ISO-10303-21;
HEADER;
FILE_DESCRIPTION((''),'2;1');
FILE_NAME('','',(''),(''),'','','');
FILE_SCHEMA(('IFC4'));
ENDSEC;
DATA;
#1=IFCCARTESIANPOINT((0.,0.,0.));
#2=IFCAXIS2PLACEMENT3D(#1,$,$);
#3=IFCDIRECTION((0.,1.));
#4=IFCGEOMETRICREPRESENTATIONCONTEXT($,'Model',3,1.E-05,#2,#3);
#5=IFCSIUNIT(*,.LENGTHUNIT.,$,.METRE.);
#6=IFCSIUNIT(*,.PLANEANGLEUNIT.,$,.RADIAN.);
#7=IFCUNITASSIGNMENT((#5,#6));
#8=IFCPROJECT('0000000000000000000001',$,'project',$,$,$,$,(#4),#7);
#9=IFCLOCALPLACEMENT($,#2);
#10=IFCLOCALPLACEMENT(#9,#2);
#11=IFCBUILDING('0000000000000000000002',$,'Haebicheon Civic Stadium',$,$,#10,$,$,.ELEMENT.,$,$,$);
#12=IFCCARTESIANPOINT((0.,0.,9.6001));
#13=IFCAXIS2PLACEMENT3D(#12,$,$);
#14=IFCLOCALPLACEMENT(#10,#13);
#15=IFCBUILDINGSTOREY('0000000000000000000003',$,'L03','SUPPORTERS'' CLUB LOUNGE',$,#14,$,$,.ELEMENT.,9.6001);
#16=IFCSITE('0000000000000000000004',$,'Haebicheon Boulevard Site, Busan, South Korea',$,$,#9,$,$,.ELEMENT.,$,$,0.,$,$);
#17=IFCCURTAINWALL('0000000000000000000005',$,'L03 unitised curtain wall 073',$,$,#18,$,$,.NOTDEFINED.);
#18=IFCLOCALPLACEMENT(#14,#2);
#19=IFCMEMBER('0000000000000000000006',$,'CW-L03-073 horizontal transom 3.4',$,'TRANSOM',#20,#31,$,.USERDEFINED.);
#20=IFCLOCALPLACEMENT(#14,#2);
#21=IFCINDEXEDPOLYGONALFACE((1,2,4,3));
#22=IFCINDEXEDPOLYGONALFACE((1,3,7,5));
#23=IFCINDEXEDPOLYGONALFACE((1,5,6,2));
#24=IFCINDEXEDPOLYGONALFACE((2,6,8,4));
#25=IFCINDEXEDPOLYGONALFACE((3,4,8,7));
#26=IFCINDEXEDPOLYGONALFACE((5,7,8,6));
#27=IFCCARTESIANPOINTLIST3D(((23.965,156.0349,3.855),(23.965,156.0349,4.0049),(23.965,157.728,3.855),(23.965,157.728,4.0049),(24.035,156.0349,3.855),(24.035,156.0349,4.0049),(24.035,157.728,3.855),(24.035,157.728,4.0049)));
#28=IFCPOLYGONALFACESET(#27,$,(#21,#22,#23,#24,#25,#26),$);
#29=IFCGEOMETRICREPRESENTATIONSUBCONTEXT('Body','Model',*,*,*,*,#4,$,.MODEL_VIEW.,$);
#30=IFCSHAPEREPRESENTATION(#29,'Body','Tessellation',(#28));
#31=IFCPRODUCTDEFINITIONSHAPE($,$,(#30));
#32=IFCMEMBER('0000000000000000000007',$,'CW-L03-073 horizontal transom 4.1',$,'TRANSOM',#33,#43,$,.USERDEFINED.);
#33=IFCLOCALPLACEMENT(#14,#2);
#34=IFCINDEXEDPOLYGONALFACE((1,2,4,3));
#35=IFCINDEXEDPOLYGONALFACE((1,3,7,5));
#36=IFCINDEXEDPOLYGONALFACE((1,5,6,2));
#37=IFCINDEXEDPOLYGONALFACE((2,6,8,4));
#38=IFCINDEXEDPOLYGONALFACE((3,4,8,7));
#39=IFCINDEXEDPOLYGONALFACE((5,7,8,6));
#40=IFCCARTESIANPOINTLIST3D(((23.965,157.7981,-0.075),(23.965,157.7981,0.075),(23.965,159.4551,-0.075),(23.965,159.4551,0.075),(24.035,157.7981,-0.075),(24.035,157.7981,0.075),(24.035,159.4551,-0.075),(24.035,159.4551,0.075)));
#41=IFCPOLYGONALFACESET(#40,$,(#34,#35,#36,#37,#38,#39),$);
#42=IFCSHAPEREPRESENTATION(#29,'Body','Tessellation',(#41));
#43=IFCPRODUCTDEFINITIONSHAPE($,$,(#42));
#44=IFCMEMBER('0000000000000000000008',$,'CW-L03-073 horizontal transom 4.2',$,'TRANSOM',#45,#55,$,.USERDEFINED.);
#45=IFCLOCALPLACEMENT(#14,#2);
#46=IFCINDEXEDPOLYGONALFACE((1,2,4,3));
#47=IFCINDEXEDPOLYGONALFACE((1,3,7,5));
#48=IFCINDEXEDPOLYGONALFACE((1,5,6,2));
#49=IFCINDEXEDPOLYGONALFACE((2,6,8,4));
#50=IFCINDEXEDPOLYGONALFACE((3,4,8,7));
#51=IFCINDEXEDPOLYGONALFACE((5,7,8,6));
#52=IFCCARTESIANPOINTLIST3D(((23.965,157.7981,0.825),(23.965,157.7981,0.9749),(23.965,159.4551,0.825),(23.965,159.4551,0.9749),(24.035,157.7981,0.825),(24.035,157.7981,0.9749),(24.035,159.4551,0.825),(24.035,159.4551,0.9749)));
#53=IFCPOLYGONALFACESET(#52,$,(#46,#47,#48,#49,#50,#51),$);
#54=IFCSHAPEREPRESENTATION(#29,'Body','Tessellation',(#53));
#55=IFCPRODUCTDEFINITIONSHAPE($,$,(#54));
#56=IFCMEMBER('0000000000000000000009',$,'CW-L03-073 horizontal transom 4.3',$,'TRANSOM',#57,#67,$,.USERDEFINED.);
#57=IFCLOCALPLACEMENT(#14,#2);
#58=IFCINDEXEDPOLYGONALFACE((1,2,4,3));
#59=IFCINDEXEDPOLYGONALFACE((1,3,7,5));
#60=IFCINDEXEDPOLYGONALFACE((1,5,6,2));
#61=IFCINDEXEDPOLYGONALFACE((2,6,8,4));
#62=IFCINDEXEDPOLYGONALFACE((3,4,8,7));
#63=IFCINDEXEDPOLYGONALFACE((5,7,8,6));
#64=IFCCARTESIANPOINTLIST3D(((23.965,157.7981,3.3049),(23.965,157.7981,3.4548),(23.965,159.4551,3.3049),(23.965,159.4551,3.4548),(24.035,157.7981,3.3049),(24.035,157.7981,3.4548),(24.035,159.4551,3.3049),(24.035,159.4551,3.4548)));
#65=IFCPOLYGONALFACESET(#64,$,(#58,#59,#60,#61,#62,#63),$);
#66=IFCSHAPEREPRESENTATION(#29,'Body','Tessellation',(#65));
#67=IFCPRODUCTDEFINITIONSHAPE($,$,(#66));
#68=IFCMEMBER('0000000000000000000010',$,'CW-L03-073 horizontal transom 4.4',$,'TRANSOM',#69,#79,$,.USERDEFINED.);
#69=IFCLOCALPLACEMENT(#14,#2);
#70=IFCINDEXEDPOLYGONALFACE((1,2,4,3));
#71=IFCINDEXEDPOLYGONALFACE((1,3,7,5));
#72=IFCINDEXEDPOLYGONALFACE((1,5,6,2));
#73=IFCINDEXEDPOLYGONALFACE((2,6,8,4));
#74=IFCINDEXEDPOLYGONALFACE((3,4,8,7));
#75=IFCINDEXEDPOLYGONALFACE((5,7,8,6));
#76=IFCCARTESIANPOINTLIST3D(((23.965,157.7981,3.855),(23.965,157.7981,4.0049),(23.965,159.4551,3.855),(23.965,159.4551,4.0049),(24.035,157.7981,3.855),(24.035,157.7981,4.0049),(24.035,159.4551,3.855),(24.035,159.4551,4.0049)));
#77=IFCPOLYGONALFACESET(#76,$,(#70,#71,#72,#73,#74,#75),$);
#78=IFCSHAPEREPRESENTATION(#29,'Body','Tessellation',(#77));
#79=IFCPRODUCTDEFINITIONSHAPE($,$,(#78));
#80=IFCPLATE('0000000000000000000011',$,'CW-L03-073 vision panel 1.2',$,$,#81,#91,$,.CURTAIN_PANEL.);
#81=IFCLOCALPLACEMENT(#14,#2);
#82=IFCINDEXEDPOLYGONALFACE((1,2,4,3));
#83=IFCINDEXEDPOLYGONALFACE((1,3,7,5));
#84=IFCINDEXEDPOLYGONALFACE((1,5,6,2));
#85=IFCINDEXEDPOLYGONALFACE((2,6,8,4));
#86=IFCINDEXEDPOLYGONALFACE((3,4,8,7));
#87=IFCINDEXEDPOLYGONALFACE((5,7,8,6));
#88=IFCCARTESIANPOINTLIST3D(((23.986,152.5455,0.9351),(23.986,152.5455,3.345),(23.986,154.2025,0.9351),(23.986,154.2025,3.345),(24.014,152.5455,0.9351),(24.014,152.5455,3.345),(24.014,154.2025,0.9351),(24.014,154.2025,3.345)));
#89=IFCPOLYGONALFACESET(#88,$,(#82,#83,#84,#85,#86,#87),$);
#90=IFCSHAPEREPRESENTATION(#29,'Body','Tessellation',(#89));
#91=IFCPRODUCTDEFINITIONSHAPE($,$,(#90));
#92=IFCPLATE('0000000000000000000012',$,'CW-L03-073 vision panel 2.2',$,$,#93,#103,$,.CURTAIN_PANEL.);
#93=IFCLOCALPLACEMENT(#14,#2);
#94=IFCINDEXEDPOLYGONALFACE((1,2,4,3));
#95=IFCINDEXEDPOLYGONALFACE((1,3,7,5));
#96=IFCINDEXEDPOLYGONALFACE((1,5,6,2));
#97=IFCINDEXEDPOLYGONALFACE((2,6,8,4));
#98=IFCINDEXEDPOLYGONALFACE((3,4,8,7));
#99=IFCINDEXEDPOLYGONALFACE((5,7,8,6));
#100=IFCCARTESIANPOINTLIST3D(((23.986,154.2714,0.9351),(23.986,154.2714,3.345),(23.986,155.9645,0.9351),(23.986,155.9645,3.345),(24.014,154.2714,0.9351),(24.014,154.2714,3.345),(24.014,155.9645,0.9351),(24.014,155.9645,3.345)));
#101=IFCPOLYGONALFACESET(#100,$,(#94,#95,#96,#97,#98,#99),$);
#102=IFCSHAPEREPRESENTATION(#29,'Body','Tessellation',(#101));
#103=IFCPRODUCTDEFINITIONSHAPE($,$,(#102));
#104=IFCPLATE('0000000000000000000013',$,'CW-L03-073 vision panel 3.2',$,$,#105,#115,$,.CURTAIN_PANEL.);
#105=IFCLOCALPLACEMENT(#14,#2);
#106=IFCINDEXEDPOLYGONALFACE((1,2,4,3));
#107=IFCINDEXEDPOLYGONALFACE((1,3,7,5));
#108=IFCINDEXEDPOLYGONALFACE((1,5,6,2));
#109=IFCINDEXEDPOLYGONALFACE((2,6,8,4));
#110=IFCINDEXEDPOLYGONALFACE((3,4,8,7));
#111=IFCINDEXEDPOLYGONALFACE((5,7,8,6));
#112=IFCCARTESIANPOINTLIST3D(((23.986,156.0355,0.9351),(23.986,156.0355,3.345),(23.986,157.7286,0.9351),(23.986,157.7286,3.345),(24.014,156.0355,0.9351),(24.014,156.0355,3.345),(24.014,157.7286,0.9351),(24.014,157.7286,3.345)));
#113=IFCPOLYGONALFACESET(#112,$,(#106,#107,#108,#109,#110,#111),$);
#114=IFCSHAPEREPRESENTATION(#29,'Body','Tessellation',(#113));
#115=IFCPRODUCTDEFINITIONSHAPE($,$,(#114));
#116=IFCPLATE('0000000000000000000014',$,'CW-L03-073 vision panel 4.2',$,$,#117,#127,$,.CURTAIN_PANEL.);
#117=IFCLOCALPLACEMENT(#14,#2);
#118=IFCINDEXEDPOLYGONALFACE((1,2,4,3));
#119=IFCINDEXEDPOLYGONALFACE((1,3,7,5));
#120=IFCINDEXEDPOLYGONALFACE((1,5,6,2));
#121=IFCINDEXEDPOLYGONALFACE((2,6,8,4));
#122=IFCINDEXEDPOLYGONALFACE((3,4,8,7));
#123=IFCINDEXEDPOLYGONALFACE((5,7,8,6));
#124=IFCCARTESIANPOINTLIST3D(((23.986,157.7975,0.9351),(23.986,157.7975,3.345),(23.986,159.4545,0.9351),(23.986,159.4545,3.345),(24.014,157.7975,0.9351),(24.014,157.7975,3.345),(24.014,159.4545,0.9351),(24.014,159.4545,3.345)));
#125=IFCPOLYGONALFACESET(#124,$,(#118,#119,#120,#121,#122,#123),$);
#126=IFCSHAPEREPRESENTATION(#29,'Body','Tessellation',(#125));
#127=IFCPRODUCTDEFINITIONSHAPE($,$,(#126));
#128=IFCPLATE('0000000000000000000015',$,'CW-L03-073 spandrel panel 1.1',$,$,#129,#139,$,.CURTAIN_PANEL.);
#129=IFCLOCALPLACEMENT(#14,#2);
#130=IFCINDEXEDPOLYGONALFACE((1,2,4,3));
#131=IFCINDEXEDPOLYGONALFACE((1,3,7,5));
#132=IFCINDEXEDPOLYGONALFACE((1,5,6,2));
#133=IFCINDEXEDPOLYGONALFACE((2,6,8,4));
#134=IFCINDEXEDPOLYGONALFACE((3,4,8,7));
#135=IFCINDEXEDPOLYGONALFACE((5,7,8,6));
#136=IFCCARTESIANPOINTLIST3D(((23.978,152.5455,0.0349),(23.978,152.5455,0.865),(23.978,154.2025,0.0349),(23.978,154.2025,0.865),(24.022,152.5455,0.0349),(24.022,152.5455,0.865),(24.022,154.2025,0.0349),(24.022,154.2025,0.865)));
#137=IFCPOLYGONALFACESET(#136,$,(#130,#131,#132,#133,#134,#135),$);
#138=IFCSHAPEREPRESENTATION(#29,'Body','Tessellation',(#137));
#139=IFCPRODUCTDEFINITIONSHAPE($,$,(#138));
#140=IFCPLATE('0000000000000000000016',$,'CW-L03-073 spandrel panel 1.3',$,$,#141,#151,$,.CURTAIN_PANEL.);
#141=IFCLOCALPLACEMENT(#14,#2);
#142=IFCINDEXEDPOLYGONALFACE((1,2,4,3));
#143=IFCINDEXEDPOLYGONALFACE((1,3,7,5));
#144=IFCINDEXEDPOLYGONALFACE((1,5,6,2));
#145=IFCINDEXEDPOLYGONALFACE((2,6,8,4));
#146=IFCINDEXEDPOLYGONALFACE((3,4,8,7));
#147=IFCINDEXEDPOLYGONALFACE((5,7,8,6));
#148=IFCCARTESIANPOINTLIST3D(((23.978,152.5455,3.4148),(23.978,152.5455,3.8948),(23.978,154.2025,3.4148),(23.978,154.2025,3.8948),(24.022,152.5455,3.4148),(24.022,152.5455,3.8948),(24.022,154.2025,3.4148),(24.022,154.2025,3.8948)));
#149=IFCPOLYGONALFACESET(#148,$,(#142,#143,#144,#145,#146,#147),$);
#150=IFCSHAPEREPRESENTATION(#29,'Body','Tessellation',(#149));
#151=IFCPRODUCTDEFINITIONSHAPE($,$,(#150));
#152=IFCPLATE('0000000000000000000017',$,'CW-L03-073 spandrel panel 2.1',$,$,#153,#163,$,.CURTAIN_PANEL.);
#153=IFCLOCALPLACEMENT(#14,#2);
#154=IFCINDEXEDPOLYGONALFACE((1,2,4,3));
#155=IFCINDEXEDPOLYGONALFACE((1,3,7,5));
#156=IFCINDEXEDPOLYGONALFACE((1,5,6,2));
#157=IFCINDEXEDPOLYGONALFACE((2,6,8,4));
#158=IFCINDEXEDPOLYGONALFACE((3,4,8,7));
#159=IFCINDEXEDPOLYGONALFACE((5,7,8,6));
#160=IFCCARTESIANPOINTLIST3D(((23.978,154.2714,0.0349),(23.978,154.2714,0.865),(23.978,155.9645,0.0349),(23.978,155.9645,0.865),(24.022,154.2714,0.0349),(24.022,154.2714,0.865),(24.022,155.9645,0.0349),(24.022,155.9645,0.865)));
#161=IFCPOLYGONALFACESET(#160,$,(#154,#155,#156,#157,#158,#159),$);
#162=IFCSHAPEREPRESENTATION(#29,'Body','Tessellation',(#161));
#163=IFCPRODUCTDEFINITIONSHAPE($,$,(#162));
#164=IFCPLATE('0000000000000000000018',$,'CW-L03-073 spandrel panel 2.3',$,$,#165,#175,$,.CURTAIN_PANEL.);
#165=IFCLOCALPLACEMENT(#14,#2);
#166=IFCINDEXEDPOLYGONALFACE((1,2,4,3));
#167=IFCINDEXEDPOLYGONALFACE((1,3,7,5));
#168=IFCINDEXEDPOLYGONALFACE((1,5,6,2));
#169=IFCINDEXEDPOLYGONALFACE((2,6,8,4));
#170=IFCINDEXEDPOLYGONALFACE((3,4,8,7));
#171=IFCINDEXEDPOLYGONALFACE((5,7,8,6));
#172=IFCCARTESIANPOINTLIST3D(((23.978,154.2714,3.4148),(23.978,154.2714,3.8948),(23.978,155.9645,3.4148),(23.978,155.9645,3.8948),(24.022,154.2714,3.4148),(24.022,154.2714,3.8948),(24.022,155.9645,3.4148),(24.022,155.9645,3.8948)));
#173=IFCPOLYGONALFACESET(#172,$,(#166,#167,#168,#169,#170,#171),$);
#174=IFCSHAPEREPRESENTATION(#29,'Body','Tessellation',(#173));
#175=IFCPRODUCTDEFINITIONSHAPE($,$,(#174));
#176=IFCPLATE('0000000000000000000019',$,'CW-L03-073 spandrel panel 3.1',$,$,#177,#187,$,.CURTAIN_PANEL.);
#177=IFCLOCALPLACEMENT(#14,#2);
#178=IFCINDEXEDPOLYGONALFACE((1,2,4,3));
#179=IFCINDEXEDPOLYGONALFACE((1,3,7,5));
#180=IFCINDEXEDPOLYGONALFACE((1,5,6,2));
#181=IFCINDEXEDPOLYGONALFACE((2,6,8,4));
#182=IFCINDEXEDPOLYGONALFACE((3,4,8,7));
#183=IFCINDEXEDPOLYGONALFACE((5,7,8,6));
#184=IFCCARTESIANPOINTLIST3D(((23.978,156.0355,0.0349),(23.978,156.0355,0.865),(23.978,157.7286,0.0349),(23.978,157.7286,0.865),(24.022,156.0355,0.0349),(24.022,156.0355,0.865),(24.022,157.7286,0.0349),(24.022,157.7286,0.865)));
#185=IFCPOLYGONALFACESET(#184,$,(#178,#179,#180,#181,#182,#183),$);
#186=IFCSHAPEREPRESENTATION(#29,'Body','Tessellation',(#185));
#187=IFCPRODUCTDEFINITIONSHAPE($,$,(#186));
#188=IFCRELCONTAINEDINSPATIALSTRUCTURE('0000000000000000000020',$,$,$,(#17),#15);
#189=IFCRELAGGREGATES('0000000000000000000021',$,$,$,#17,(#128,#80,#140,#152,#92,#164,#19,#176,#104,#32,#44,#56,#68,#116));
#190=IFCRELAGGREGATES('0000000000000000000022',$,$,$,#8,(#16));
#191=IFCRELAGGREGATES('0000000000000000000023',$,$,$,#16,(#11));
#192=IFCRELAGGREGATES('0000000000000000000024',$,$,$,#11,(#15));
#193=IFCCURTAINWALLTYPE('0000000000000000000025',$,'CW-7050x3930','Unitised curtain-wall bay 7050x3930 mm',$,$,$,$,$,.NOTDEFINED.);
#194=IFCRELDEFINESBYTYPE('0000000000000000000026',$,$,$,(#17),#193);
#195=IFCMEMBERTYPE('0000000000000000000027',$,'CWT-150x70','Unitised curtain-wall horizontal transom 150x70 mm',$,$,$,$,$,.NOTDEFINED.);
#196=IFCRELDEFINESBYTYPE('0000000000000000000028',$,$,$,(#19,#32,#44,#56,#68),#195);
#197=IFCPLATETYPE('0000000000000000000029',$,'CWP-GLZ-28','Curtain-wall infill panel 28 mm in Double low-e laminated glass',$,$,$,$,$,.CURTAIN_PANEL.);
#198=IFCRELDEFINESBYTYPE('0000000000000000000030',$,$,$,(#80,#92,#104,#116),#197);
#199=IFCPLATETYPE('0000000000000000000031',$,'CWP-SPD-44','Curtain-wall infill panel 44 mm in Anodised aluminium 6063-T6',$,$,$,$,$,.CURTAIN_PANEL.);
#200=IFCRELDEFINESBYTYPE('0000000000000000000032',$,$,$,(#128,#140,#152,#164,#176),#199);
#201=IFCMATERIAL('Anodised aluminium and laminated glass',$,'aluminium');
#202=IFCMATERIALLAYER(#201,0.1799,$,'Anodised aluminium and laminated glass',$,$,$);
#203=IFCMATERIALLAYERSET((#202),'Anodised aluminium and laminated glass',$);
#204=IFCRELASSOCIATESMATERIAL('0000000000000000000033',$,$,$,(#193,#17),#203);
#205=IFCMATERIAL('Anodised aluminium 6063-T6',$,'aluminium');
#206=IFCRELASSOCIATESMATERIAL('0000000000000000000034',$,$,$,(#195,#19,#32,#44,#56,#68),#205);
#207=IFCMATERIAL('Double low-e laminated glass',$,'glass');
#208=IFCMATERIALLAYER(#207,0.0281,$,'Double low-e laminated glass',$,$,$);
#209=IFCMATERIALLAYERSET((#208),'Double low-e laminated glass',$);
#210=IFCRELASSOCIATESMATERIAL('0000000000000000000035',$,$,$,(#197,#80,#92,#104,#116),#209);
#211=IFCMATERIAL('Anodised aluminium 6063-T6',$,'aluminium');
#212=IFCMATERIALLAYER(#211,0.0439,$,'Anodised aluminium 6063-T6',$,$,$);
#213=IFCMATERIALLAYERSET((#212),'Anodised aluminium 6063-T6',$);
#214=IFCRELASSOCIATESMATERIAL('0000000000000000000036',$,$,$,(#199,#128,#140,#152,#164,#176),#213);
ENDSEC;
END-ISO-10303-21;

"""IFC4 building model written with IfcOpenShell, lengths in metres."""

from ifc_helpers import new_model, si_unit, direction, frame, origin, origin_2d, place, context, subcontext, project, spatial, rectangle, extrude, material, layer, layer_set, material_profile, profile_set, type_object, element, aggregate, save


model = new_model("IFC4")

# Units and contexts
model_context = context("Model", 3, precision=1e-05, world=origin(), true_north=direction((0.0, 1.0)))
body_context = subcontext(model_context, "Body", "Model", "MODEL_VIEW")
ifc_project = project(units=[si_unit("LENGTHUNIT", "METRE"), si_unit("PLANEANGLEUNIT", "RADIAN")], contexts=[model_context])

# Site, building, storey
site_placement = place(None, origin())
site = spatial("IfcSite", under=ifc_project, at=site_placement, Name="Haebicheon Boulevard Site, Busan, South Korea", CompositionType="ELEMENT", RefElevation=0.0)
building_placement = place(site_placement, origin())
building = spatial("IfcBuilding", under=site, at=building_placement, Name="Haebicheon Civic Stadium", CompositionType="ELEMENT")
storey_placement = place(building_placement, frame((0.0, 0.0, 9.6001)))
storey = spatial("IfcBuildingStorey", under=building, at=storey_placement, Name="L03", Description="SUPPORTERS' CLUB LOUNGE", CompositionType="ELEMENT", Elevation=9.6001)

# Curtain wall, members, plates
ifc_material_1 = material(Name="Anodised aluminium and laminated glass", Category="aluminium")
ifc_layer_1 = layer(ifc_material_1, 0.1799, Name="Anodised aluminium and laminated glass")
ifc_layer_set_1 = layer_set([ifc_layer_1], Name="Anodised aluminium and laminated glass")
curtain_wall_type = type_object("IfcCurtainWallType", Name="CW-7050x3930", Description="Unitised curtain-wall bay 7050x3930 mm", PredefinedType="NOTDEFINED", material=ifc_layer_set_1)
curtain_wall_placement = place(storey_placement, origin())
curtain_wall = element("IfcCurtainWall", 1, at=curtain_wall_placement, inside=storey, type_object=curtain_wall_type, material=ifc_layer_set_1, Name="L03 unitised curtain wall 073", PredefinedType="NOTDEFINED")
ifc_material_2 = material(Name="Anodised aluminium 6063-T6", Category="aluminium")
ifc_material_profile_1 = material_profile(ifc_material_2, rectangle(XDim=0.0701, YDim=0.1499, at=origin_2d()), Name="ALU-TRAN-70x150")
ifc_profile_set_1 = profile_set([ifc_material_profile_1], Name="Anodised aluminium 6063-T6")
member_type_1 = type_object("IfcMemberType", Name="CWT-150x70", Description="Unitised curtain-wall horizontal transom 150x70 mm", PredefinedType="NOTDEFINED", material=ifc_profile_set_1)
member_1_placement = place(storey_placement, frame((24.0, 156.0349, 3.9299), z_axis=(0.0, 1.0, 0.0), x_axis=(-1.0, 0.0, 0.0)))
member_1 = element("IfcMember", 2, at=member_1_placement, type_object=member_type_1, material=ifc_profile_set_1, Name="CW-L03-073 horizontal transom 3.4", ObjectType="TRANSOM", PredefinedType="USERDEFINED", context=body_context, shape_type="SweptSolid", body=[
    extrude(rectangle(XDim=0.0701, YDim=0.1499, at=origin_2d()), origin(), (0.0, 0.0, 1.0), 1.6931),
])
member_2_placement = place(storey_placement, frame((24.0, 157.7981, 0.0), z_axis=(0.0, 1.0, 0.0), x_axis=(-1.0, 0.0, 0.0)))
member_2 = element("IfcMember", 3, at=member_2_placement, type_object=member_type_1, material=ifc_profile_set_1, Name="CW-L03-073 horizontal transom 4.1", ObjectType="TRANSOM", PredefinedType="USERDEFINED", context=body_context, shape_type="SweptSolid", body=[
    extrude(rectangle(XDim=0.0701, YDim=0.1499, at=origin_2d()), origin(), (0.0, 0.0, 1.0), 1.657),
])
member_3_placement = place(storey_placement, frame((24.0, 157.7981, 0.8999), z_axis=(0.0, 1.0, 0.0), x_axis=(-1.0, 0.0, 0.0)))
member_3 = element("IfcMember", 4, at=member_3_placement, type_object=member_type_1, material=ifc_profile_set_1, Name="CW-L03-073 horizontal transom 4.2", ObjectType="TRANSOM", PredefinedType="USERDEFINED", context=body_context, shape_type="SweptSolid", body=[
    extrude(rectangle(XDim=0.0701, YDim=0.1499, at=origin_2d()), origin(), (0.0, 0.0, 1.0), 1.657),
])
member_4_placement = place(storey_placement, frame((24.0, 157.7981, 3.3799), z_axis=(0.0, 1.0, 0.0), x_axis=(-1.0, 0.0, 0.0)))
member_4 = element("IfcMember", 5, at=member_4_placement, type_object=member_type_1, material=ifc_profile_set_1, Name="CW-L03-073 horizontal transom 4.3", ObjectType="TRANSOM", PredefinedType="USERDEFINED", context=body_context, shape_type="SweptSolid", body=[
    extrude(rectangle(XDim=0.0701, YDim=0.1499, at=origin_2d()), origin(), (0.0, 0.0, 1.0), 1.657),
])
member_5_placement = place(storey_placement, frame((24.0, 157.7981, 3.9299), z_axis=(0.0, 1.0, 0.0), x_axis=(-1.0, 0.0, 0.0)))
member_5 = element("IfcMember", 6, at=member_5_placement, type_object=member_type_1, material=ifc_profile_set_1, Name="CW-L03-073 horizontal transom 4.4", ObjectType="TRANSOM", PredefinedType="USERDEFINED", context=body_context, shape_type="SweptSolid", body=[
    extrude(rectangle(XDim=0.0701, YDim=0.1499, at=origin_2d()), origin(), (0.0, 0.0, 1.0), 1.657),
])
ifc_material_3 = material(Name="Double low-e laminated glass", Category="glass")
ifc_layer_2 = layer(ifc_material_3, 0.0281, Name="Double low-e laminated glass")
ifc_layer_set_2 = layer_set([ifc_layer_2], Name="Double low-e laminated glass")
plate_type_1 = type_object("IfcPlateType", Name="CWP-GLZ-28", Description="Curtain-wall infill panel 28 mm in Double low-e laminated glass", PredefinedType="CURTAIN_PANEL", material=ifc_layer_set_2)
plate_1_placement = place(storey_placement, frame((24.0, 153.374, 0.9351), z_axis=(0.0, 0.0, 1.0), x_axis=(0.0, 1.0, 0.0)))
plate_1 = element("IfcPlate", 7, at=plate_1_placement, type_object=plate_type_1, material=ifc_layer_set_2, Name="CW-L03-073 vision panel 1.2", PredefinedType="CURTAIN_PANEL", context=body_context, shape_type="SweptSolid", body=[
    extrude(rectangle(XDim=1.657, YDim=0.0281, at=origin_2d()), origin(), (0.0, 0.0, 1.0), 2.4099),
])
plate_2_placement = place(storey_placement, frame((24.0, 155.1179, 0.9351), z_axis=(0.0, 0.0, 1.0), x_axis=(0.0, 1.0, 0.0)))
plate_2 = element("IfcPlate", 8, at=plate_2_placement, type_object=plate_type_1, material=ifc_layer_set_2, Name="CW-L03-073 vision panel 2.2", PredefinedType="CURTAIN_PANEL", context=body_context, shape_type="SweptSolid", body=[
    extrude(rectangle(XDim=1.6931, YDim=0.0281, at=origin_2d()), origin(), (0.0, 0.0, 1.0), 2.4099),
])
plate_3_placement = place(storey_placement, frame((24.0, 156.8821, 0.9351), z_axis=(0.0, 0.0, 1.0), x_axis=(0.0, 1.0, 0.0)))
plate_3 = element("IfcPlate", 9, at=plate_3_placement, type_object=plate_type_1, material=ifc_layer_set_2, Name="CW-L03-073 vision panel 3.2", PredefinedType="CURTAIN_PANEL", context=body_context, shape_type="SweptSolid", body=[
    extrude(rectangle(XDim=1.6931, YDim=0.0281, at=origin_2d()), origin(), (0.0, 0.0, 1.0), 2.4099),
])
plate_4_placement = place(storey_placement, frame((24.0, 158.626, 0.9351), z_axis=(0.0, 0.0, 1.0), x_axis=(0.0, 1.0, 0.0)))
plate_4 = element("IfcPlate", 10, at=plate_4_placement, type_object=plate_type_1, material=ifc_layer_set_2, Name="CW-L03-073 vision panel 4.2", PredefinedType="CURTAIN_PANEL", context=body_context, shape_type="SweptSolid", body=[
    extrude(rectangle(XDim=1.657, YDim=0.0281, at=origin_2d()), origin(), (0.0, 0.0, 1.0), 2.4099),
])
ifc_material_4 = material(Name="Anodised aluminium 6063-T6", Category="aluminium")
ifc_layer_3 = layer(ifc_material_4, 0.0439, Name="Anodised aluminium 6063-T6")
ifc_layer_set_3 = layer_set([ifc_layer_3], Name="Anodised aluminium 6063-T6")
plate_type_2 = type_object("IfcPlateType", Name="CWP-SPD-44", Description="Curtain-wall infill panel 44 mm in Anodised aluminium 6063-T6", PredefinedType="CURTAIN_PANEL", material=ifc_layer_set_3)
plate_5_placement = place(storey_placement, frame((24.0, 153.374, 0.0349), z_axis=(0.0, 0.0, 1.0), x_axis=(0.0, 1.0, 0.0)))
plate_5 = element("IfcPlate", 11, at=plate_5_placement, type_object=plate_type_2, material=ifc_layer_set_3, Name="CW-L03-073 spandrel panel 1.1", PredefinedType="CURTAIN_PANEL", context=body_context, shape_type="SweptSolid", body=[
    extrude(rectangle(XDim=1.657, YDim=0.0439, at=origin_2d()), origin(), (0.0, 0.0, 1.0), 0.8301),
])
plate_6_placement = place(storey_placement, frame((24.0, 153.374, 3.4148), z_axis=(0.0, 0.0, 1.0), x_axis=(0.0, 1.0, 0.0)))
plate_6 = element("IfcPlate", 12, at=plate_6_placement, type_object=plate_type_2, material=ifc_layer_set_3, Name="CW-L03-073 spandrel panel 1.3", PredefinedType="CURTAIN_PANEL", context=body_context, shape_type="SweptSolid", body=[
    extrude(rectangle(XDim=1.657, YDim=0.0439, at=origin_2d()), origin(), (0.0, 0.0, 1.0), 0.48),
])
plate_7_placement = place(storey_placement, frame((24.0, 155.1179, 0.0349), z_axis=(0.0, 0.0, 1.0), x_axis=(0.0, 1.0, 0.0)))
plate_7 = element("IfcPlate", 13, at=plate_7_placement, type_object=plate_type_2, material=ifc_layer_set_3, Name="CW-L03-073 spandrel panel 2.1", PredefinedType="CURTAIN_PANEL", context=body_context, shape_type="SweptSolid", body=[
    extrude(rectangle(XDim=1.6931, YDim=0.0439, at=origin_2d()), origin(), (0.0, 0.0, 1.0), 0.8301),
])
plate_8_placement = place(storey_placement, frame((24.0, 155.1179, 3.4148), z_axis=(0.0, 0.0, 1.0), x_axis=(0.0, 1.0, 0.0)))
plate_8 = element("IfcPlate", 14, at=plate_8_placement, type_object=plate_type_2, material=ifc_layer_set_3, Name="CW-L03-073 spandrel panel 2.3", PredefinedType="CURTAIN_PANEL", context=body_context, shape_type="SweptSolid", body=[
    extrude(rectangle(XDim=1.6931, YDim=0.0439, at=origin_2d()), origin(), (0.0, 0.0, 1.0), 0.48),
])
plate_9_placement = place(storey_placement, frame((24.0, 156.8821, 0.0349), z_axis=(0.0, 0.0, 1.0), x_axis=(0.0, 1.0, 0.0)))
plate_9 = element("IfcPlate", 15, at=plate_9_placement, type_object=plate_type_2, material=ifc_layer_set_3, Name="CW-L03-073 spandrel panel 3.1", PredefinedType="CURTAIN_PANEL", context=body_context, shape_type="SweptSolid", body=[
    extrude(rectangle(XDim=1.6931, YDim=0.0439, at=origin_2d()), origin(), (0.0, 0.0, 1.0), 0.8301),
])
aggregate(curtain_wall, [plate_5, plate_1, plate_6, plate_7, plate_2, plate_8, member_1, plate_9, plate_3, member_2, member_3, member_4, member_5, plate_4])

save(model, "model.ifc")
